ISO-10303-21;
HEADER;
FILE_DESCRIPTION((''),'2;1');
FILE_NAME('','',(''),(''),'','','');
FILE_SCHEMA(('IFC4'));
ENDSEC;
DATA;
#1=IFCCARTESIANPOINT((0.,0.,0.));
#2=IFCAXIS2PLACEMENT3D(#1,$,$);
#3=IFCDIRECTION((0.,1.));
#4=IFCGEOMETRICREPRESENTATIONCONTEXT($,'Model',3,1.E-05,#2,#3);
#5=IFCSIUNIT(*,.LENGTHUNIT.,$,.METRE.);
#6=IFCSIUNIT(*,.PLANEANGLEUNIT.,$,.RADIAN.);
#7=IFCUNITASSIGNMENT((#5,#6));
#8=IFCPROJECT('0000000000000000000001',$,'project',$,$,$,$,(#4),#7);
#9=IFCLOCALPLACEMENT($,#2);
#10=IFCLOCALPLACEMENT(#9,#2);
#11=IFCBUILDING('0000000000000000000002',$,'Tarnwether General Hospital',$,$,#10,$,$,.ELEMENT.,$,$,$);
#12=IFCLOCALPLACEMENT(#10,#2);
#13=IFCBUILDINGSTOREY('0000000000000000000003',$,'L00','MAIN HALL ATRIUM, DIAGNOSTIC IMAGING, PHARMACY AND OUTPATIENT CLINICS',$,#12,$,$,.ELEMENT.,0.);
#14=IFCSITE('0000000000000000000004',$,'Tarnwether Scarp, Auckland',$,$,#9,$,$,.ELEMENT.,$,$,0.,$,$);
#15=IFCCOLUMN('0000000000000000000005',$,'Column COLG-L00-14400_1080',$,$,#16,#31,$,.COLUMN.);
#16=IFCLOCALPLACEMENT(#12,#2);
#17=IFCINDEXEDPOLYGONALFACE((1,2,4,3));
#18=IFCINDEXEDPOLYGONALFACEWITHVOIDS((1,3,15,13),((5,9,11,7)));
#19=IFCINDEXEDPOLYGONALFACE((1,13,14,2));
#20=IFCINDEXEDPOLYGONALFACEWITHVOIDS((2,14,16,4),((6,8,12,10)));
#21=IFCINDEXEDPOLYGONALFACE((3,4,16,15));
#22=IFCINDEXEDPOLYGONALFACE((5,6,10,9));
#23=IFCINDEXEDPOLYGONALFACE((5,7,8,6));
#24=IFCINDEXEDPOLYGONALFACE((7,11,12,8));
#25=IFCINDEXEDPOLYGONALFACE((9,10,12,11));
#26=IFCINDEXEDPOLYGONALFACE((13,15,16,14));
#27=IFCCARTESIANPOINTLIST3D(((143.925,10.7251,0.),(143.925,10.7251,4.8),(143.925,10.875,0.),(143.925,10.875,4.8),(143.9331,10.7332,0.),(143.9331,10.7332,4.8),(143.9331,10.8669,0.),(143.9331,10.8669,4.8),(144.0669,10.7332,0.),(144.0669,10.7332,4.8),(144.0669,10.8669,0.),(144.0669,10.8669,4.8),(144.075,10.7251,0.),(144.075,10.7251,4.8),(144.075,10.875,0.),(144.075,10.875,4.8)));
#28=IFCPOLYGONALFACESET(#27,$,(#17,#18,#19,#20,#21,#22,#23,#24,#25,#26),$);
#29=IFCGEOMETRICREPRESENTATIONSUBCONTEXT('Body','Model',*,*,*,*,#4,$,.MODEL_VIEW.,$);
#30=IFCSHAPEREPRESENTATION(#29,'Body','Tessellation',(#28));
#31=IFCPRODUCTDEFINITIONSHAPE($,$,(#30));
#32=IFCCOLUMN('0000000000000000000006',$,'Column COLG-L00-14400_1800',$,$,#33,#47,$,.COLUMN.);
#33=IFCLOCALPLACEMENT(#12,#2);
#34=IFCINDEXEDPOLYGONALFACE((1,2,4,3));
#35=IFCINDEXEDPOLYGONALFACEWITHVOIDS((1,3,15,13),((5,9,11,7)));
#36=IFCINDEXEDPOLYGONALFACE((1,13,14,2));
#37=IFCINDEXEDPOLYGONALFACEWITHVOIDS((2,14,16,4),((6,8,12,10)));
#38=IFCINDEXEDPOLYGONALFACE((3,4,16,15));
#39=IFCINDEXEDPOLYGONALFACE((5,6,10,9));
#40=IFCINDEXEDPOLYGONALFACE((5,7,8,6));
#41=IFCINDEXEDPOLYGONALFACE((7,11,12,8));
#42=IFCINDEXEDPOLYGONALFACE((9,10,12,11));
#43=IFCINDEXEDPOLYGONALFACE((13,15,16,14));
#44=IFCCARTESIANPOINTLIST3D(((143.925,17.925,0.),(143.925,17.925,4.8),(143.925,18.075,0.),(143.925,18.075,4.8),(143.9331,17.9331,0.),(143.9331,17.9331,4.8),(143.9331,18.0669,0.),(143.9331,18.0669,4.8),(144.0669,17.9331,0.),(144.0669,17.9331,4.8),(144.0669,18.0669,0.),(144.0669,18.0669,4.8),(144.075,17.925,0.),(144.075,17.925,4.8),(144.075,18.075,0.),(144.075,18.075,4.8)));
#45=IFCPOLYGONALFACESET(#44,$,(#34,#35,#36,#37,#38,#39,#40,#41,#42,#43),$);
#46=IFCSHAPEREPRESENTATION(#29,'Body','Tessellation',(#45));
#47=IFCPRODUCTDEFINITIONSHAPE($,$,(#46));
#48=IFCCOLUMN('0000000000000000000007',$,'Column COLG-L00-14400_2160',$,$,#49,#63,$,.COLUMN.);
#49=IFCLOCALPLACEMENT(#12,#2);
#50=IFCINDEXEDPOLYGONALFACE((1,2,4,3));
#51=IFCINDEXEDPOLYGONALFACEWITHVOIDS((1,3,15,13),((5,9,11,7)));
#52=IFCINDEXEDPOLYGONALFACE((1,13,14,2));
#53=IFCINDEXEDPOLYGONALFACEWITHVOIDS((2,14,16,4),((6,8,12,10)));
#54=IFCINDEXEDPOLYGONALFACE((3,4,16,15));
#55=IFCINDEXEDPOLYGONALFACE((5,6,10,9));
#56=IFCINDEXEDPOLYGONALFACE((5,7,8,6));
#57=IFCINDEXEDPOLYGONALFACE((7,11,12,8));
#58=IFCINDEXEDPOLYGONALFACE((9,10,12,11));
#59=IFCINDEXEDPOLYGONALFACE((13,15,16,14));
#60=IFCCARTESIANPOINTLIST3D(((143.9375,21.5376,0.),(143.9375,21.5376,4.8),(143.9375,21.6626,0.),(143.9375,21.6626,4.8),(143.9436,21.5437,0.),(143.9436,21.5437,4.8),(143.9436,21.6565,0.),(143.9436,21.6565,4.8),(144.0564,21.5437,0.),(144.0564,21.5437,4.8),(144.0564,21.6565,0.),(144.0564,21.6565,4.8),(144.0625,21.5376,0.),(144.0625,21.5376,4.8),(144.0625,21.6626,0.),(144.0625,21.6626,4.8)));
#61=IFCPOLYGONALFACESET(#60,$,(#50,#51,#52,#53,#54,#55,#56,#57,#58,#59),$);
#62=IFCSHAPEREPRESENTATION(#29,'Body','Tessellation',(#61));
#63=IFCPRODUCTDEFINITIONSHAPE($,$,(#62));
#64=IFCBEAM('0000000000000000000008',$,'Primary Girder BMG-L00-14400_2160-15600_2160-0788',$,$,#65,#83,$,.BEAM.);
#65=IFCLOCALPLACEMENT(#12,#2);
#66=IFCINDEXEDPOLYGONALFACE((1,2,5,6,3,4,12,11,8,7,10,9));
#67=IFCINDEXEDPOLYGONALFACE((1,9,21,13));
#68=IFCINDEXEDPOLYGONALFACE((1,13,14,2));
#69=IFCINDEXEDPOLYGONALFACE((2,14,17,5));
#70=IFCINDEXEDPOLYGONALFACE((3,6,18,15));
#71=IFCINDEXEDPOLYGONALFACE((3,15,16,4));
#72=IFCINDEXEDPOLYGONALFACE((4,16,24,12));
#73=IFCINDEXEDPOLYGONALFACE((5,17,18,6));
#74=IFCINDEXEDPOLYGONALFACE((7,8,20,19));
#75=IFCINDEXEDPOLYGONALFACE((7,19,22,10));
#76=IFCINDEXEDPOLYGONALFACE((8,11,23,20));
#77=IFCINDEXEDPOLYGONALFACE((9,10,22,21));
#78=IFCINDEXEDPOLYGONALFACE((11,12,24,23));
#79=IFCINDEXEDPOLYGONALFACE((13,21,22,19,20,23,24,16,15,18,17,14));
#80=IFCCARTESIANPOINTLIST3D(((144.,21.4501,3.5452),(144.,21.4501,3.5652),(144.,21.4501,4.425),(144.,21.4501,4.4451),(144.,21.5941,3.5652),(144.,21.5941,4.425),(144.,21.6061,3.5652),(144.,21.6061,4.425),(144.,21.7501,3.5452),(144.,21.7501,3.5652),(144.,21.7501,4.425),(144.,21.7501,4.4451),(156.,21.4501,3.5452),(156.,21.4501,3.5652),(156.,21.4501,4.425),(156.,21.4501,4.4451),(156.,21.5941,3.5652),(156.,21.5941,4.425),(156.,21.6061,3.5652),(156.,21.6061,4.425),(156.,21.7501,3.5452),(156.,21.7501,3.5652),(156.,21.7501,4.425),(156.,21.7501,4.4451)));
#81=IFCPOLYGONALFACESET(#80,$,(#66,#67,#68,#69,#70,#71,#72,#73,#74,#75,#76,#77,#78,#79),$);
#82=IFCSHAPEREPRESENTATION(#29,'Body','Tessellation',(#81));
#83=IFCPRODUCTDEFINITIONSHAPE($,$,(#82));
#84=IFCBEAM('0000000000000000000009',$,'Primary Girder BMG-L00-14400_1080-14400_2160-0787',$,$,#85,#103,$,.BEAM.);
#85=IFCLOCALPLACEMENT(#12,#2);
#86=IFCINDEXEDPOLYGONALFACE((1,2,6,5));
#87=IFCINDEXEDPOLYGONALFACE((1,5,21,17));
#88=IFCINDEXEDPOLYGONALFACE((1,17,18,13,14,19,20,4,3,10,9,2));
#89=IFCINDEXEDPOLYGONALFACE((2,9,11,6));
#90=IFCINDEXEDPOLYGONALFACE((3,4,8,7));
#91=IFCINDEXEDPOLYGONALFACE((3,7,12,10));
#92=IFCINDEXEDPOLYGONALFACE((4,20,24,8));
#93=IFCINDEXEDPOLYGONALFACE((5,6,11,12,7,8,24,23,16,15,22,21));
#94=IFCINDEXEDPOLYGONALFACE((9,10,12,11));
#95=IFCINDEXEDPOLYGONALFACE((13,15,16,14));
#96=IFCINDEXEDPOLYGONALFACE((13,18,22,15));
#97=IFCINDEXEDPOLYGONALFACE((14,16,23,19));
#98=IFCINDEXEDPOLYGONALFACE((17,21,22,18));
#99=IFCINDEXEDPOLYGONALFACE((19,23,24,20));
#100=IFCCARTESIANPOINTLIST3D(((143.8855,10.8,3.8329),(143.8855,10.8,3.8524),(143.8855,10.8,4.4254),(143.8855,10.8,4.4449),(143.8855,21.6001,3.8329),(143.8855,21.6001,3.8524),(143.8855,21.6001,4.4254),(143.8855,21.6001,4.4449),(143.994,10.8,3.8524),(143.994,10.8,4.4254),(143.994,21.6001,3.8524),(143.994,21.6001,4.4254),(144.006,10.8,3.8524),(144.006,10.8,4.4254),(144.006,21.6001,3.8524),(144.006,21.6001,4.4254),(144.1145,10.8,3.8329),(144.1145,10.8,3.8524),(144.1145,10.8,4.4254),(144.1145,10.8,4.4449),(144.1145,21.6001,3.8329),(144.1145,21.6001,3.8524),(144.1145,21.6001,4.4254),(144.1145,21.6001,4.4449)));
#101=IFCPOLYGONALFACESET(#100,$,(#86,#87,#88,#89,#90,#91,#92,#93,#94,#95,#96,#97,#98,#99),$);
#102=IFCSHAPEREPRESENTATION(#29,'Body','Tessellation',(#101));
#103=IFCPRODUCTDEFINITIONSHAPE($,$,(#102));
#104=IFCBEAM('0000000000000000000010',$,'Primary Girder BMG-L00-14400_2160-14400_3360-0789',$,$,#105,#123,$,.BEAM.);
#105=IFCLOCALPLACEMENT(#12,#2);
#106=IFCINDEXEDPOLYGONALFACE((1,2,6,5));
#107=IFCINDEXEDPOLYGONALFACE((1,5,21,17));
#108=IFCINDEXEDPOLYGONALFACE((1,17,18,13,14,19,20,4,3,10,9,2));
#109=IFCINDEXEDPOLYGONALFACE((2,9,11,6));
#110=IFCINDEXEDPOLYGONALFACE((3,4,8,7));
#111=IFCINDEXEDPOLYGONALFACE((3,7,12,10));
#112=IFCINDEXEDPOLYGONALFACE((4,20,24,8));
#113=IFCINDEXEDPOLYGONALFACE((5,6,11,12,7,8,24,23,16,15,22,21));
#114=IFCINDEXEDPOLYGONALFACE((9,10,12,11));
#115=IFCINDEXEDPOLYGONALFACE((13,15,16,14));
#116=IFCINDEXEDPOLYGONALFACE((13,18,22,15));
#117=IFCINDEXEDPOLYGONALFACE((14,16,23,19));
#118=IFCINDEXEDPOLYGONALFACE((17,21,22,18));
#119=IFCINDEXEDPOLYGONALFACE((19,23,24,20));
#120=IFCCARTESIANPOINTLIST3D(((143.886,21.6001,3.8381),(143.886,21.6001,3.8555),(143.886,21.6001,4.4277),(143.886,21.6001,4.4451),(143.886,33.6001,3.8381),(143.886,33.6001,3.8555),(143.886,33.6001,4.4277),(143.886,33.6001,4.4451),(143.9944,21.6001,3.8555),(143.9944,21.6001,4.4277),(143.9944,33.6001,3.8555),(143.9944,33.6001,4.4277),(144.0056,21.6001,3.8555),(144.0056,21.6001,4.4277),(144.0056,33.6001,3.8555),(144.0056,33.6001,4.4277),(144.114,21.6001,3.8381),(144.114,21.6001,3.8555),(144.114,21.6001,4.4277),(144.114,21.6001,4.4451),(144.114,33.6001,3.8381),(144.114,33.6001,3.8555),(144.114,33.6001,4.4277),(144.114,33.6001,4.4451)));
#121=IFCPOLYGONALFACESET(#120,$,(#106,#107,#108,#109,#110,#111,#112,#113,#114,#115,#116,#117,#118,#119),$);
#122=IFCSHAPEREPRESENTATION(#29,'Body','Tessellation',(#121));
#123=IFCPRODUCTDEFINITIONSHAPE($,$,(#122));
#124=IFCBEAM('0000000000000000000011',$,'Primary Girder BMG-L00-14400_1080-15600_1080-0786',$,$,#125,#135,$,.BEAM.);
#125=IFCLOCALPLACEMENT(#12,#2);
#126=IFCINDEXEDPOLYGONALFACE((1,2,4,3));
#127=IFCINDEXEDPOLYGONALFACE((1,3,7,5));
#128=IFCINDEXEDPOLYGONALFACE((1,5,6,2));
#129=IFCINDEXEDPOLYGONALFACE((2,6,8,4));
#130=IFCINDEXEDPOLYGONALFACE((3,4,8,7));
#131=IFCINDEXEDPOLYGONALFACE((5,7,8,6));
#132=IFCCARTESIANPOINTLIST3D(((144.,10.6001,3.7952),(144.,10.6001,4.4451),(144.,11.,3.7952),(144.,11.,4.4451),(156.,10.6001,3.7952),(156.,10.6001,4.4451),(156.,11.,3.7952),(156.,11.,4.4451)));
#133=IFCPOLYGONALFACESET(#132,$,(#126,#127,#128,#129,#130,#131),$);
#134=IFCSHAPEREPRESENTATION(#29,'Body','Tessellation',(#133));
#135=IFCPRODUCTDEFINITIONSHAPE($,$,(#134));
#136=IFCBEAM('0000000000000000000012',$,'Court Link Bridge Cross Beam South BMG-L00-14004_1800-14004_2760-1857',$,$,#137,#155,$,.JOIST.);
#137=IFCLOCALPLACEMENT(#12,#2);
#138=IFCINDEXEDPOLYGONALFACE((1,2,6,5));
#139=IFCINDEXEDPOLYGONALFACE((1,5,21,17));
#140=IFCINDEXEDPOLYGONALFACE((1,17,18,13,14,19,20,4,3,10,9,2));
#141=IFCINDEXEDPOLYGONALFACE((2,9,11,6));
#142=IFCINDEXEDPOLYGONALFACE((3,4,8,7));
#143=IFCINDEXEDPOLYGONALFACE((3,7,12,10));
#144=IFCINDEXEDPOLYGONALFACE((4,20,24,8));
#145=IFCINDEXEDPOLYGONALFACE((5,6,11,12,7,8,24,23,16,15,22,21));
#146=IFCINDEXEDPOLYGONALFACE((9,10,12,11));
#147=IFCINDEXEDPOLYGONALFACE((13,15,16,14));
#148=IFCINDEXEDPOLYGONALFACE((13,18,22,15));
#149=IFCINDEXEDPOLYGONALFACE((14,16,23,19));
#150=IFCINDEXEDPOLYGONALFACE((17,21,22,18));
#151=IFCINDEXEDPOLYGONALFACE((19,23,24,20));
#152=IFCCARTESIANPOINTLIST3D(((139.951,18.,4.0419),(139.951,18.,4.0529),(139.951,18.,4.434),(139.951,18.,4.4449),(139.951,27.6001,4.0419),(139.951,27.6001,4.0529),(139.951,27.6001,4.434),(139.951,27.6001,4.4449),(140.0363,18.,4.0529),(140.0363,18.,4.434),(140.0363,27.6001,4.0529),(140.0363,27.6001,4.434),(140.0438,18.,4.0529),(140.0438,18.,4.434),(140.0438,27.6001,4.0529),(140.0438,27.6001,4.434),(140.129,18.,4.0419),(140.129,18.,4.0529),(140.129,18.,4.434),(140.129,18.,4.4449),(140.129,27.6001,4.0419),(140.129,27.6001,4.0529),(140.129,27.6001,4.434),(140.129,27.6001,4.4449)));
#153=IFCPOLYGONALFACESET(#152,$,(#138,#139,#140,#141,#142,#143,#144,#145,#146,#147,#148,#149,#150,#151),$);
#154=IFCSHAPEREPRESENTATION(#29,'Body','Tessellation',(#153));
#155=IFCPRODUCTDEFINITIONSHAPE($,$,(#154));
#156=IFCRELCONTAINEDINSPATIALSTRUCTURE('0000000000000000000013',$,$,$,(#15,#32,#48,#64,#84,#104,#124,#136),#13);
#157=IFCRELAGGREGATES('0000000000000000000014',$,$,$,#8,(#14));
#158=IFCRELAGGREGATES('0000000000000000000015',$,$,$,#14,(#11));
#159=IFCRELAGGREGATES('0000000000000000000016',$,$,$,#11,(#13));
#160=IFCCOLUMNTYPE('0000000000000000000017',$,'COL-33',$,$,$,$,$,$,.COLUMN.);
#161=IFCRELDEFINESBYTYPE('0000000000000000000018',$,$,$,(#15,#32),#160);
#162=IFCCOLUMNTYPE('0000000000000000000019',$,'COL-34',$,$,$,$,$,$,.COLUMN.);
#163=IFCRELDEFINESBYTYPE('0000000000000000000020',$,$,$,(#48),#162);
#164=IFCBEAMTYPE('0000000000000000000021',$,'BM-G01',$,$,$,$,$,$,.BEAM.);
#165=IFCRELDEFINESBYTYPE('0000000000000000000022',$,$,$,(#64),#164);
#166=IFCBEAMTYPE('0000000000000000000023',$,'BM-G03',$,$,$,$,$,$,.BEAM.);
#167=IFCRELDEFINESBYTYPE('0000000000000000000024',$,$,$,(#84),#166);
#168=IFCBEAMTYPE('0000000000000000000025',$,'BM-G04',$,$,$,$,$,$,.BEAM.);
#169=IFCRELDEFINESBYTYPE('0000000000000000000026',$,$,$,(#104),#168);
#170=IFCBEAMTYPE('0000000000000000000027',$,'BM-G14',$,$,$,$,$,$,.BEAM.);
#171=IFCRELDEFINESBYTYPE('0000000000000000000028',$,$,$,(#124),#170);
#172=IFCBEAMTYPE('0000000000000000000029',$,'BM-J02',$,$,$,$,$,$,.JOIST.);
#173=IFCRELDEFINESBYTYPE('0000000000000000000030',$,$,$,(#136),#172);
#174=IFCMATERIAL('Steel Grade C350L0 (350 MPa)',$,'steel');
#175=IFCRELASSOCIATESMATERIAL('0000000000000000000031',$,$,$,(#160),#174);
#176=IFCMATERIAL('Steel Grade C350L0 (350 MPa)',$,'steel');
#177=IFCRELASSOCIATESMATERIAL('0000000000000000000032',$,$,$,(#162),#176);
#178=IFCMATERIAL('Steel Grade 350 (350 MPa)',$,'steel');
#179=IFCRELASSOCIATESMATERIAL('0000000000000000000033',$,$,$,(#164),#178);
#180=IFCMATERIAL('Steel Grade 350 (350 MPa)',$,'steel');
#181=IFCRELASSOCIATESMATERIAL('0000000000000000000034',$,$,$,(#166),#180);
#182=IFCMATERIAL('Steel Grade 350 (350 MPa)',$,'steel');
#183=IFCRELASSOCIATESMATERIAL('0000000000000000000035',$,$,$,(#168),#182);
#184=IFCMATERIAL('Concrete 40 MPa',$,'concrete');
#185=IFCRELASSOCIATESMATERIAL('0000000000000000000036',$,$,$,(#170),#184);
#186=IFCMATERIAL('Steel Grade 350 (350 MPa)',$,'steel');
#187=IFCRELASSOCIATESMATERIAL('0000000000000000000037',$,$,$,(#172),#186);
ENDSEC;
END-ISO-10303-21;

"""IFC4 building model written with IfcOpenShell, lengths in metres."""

from ifc_helpers import new_model, si_unit, direction, frame, origin, origin_2d, place, context, subcontext, project, spatial, rectangle, hollow_rectangle, i_section, extrude, material, material_profile, profile_set, type_object, element, save


model = new_model("IFC4")

# Units and contexts
model_context = context("Model", 3, precision=1e-05, world=origin(), true_north=direction((0.0, 1.0)))
body_context = subcontext(model_context, "Body", "Model", "MODEL_VIEW")
ifc_project = project(units=[si_unit("LENGTHUNIT", "METRE"), si_unit("PLANEANGLEUNIT", "RADIAN")], contexts=[model_context])

# Site, building, storey
site_placement = place(None, origin())
site = spatial("IfcSite", under=ifc_project, at=site_placement, Name="Tarnwether Scarp, Auckland", CompositionType="ELEMENT", RefElevation=0.0)
building_placement = place(site_placement, origin())
building = spatial("IfcBuilding", under=site, at=building_placement, Name="Tarnwether General Hospital", CompositionType="ELEMENT")
storey_placement = place(building_placement, origin())
storey = spatial("IfcBuildingStorey", under=building, at=storey_placement, Name="L00", Description="MAIN HALL ATRIUM, DIAGNOSTIC IMAGING, PHARMACY AND OUTPATIENT CLINICS", CompositionType="ELEMENT", Elevation=0.0)

# Columns
ifc_material_1 = material(Name="Steel Grade C350L0 (350 MPa)", Category="steel")
ifc_material_profile_1 = material_profile(ifc_material_1, hollow_rectangle(XDim=0.1499, YDim=0.1499, WallThickness=0.0081, at=origin_2d()), Name="SHS150x150x8")
ifc_profile_set_1 = profile_set([ifc_material_profile_1], Name="Steel Grade C350L0 (350 MPa)")
column_type_1 = type_object("IfcColumnType", Name="COL-33", PredefinedType="COLUMN", material=ifc_profile_set_1)
for number, where, z_axis, x_axis, name in (
    (1, (144.0, 10.8, 0.0), (0.0, 0.0, 1.0), (1.0, 0.0, 0.0), "Column COLG-L00-14400_1080"),
    (2, (144.0, 18.0, 0.0), (0.0, 0.0, 1.0), (1.0, 0.0, 0.0), "Column COLG-L00-14400_1800"),
):
    element("IfcColumn", number, at=place(storey_placement, frame(where, z_axis=z_axis, x_axis=x_axis)), inside=storey, type_object=column_type_1, Name=name, PredefinedType="COLUMN", context=body_context, shape_type="SweptSolid", body=[
        extrude(hollow_rectangle(XDim=0.1499, YDim=0.1499, WallThickness=0.0081, at=origin_2d()), origin(), (0.0, 0.0, 1.0), 4.8),
    ])
ifc_material_2 = material(Name="Steel Grade C350L0 (350 MPa)", Category="steel")
ifc_material_profile_2 = material_profile(ifc_material_2, hollow_rectangle(XDim=0.125, YDim=0.125, WallThickness=0.0061, at=origin_2d()), Name="SHS125x125x6")
ifc_profile_set_2 = profile_set([ifc_material_profile_2], Name="Steel Grade C350L0 (350 MPa)")
column_type_2 = type_object("IfcColumnType", Name="COL-34", PredefinedType="COLUMN", material=ifc_profile_set_2)
column_placement = place(storey_placement, frame((144.0, 21.6001, 0.0), z_axis=(0.0, 0.0, 1.0), x_axis=(1.0, 0.0, 0.0)))
element("IfcColumn", 3, at=column_placement, inside=storey, type_object=column_type_2, Name="Column COLG-L00-14400_2160", PredefinedType="COLUMN", context=body_context, shape_type="SweptSolid", body=[
    extrude(hollow_rectangle(XDim=0.125, YDim=0.125, WallThickness=0.0061, at=origin_2d()), origin(), (0.0, 0.0, 1.0), 4.8),
])

# Beams
ifc_material_3 = material(Name="Steel Grade 350 (350 MPa)", Category="steel")
ifc_material_profile_3 = material_profile(ifc_material_3, i_section(OverallWidth=0.3, OverallDepth=0.8999, WebThickness=0.012, FlangeThickness=0.02, at=origin_2d()), Name="900WB175")
ifc_profile_set_3 = profile_set([ifc_material_profile_3], Name="Steel Grade 350 (350 MPa)")
beam_type_1 = type_object("IfcBeamType", Name="BM-G01", PredefinedType="BEAM", material=ifc_profile_set_3)
beam_1_placement = place(storey_placement, frame((144.0, 21.6001, 3.9951), z_axis=(1.0, 0.0, 0.0), x_axis=(0.0, 1.0, 0.0)))
element("IfcBeam", 4, at=beam_1_placement, inside=storey, type_object=beam_type_1, Name="Primary Girder BMG-L00-14400_2160-15600_2160-0788", PredefinedType="BEAM", context=body_context, shape_type="SweptSolid", body=[
    extrude(i_section(OverallWidth=0.3, OverallDepth=0.8999, WebThickness=0.012, FlangeThickness=0.02, at=origin_2d()), origin(), (0.0, 0.0, 1.0), 12.0),
])
ifc_material_4 = material(Name="Steel Grade 350 (350 MPa)", Category="steel")
ifc_material_profile_4 = material_profile(ifc_material_4, i_section(OverallWidth=0.229, OverallDepth=0.6121, WebThickness=0.012, FlangeThickness=0.0195, at=origin_2d()), Name="610UB125")
ifc_profile_set_4 = profile_set([ifc_material_profile_4], Name="Steel Grade 350 (350 MPa)")
beam_type_2 = type_object("IfcBeamType", Name="BM-G03", PredefinedType="BEAM", material=ifc_profile_set_4)
beam_2_placement = place(storey_placement, frame((144.0, 10.8, 4.1389), z_axis=(0.0, 1.0, 0.0), x_axis=(-1.0, 0.0, 0.0)))
element("IfcBeam", 5, at=beam_2_placement, inside=storey, type_object=beam_type_2, Name="Primary Girder BMG-L00-14400_1080-14400_2160-0787", PredefinedType="BEAM", context=body_context, shape_type="SweptSolid", body=[
    extrude(i_section(OverallWidth=0.229, OverallDepth=0.6121, WebThickness=0.012, FlangeThickness=0.0195, at=origin_2d()), origin(), (0.0, 0.0, 1.0), 10.8),
])
ifc_material_5 = material(Name="Steel Grade 350 (350 MPa)", Category="steel")
ifc_material_profile_5 = material_profile(ifc_material_5, i_section(OverallWidth=0.228, OverallDepth=0.6069, WebThickness=0.0112, FlangeThickness=0.0173, at=origin_2d()), Name="610UB113")
ifc_profile_set_5 = profile_set([ifc_material_profile_5], Name="Steel Grade 350 (350 MPa)")
beam_type_3 = type_object("IfcBeamType", Name="BM-G04", PredefinedType="BEAM", material=ifc_profile_set_5)
beam_3_placement = place(storey_placement, frame((144.0, 21.6001, 4.1416), z_axis=(0.0, 1.0, 0.0), x_axis=(-1.0, 0.0, 0.0)))
element("IfcBeam", 6, at=beam_3_placement, inside=storey, type_object=beam_type_3, Name="Primary Girder BMG-L00-14400_2160-14400_3360-0789", PredefinedType="BEAM", context=body_context, shape_type="SweptSolid", body=[
    extrude(i_section(OverallWidth=0.228, OverallDepth=0.6069, WebThickness=0.0112, FlangeThickness=0.0173, at=origin_2d()), origin(), (0.0, 0.0, 1.0), 12.0),
])
ifc_material_6 = material(Name="Concrete 40 MPa", Category="concrete")
ifc_material_profile_6 = material_profile(ifc_material_6, rectangle(XDim=0.3999, YDim=0.6499, at=origin_2d()), Name="RC-BM-400x650")
ifc_profile_set_6 = profile_set([ifc_material_profile_6], Name="Concrete 40 MPa")
beam_type_4 = type_object("IfcBeamType", Name="BM-G14", PredefinedType="BEAM", material=ifc_profile_set_6)
beam_4_placement = place(storey_placement, frame((144.0, 10.8, 4.1201), z_axis=(1.0, 0.0, 0.0), x_axis=(0.0, 1.0, 0.0)))
element("IfcBeam", 7, at=beam_4_placement, inside=storey, type_object=beam_type_4, Name="Primary Girder BMG-L00-14400_1080-15600_1080-0786", PredefinedType="BEAM", context=body_context, shape_type="SweptSolid", body=[
    extrude(rectangle(XDim=0.3999, YDim=0.6499, at=origin_2d()), origin(), (0.0, 0.0, 1.0), 12.0),
])
ifc_material_7 = material(Name="Steel Grade 350 (350 MPa)", Category="steel")
ifc_material_profile_7 = material_profile(ifc_material_7, i_section(OverallWidth=0.178, OverallDepth=0.4031, WebThickness=0.0076, FlangeThickness=0.011, at=origin_2d()), Name="410UB53.7")
ifc_profile_set_7 = profile_set([ifc_material_profile_7], Name="Steel Grade 350 (350 MPa)")
beam_type_5 = type_object("IfcBeamType", Name="BM-J02", PredefinedType="JOIST", material=ifc_profile_set_7)
beam_5_placement = place(storey_placement, frame((140.04, 18.0, 4.2434), z_axis=(0.0, 1.0, 0.0), x_axis=(-1.0, 0.0, 0.0)))
element("IfcBeam", 8, at=beam_5_placement, inside=storey, type_object=beam_type_5, Name="Court Link Bridge Cross Beam South BMG-L00-14004_1800-14004_2760-1857", PredefinedType="JOIST", context=body_context, shape_type="SweptSolid", body=[
    extrude(i_section(OverallWidth=0.178, OverallDepth=0.4031, WebThickness=0.0076, FlangeThickness=0.011, at=origin_2d()), origin(), (0.0, 0.0, 1.0), 9.6001),
])

save(model, "model.ifc")
